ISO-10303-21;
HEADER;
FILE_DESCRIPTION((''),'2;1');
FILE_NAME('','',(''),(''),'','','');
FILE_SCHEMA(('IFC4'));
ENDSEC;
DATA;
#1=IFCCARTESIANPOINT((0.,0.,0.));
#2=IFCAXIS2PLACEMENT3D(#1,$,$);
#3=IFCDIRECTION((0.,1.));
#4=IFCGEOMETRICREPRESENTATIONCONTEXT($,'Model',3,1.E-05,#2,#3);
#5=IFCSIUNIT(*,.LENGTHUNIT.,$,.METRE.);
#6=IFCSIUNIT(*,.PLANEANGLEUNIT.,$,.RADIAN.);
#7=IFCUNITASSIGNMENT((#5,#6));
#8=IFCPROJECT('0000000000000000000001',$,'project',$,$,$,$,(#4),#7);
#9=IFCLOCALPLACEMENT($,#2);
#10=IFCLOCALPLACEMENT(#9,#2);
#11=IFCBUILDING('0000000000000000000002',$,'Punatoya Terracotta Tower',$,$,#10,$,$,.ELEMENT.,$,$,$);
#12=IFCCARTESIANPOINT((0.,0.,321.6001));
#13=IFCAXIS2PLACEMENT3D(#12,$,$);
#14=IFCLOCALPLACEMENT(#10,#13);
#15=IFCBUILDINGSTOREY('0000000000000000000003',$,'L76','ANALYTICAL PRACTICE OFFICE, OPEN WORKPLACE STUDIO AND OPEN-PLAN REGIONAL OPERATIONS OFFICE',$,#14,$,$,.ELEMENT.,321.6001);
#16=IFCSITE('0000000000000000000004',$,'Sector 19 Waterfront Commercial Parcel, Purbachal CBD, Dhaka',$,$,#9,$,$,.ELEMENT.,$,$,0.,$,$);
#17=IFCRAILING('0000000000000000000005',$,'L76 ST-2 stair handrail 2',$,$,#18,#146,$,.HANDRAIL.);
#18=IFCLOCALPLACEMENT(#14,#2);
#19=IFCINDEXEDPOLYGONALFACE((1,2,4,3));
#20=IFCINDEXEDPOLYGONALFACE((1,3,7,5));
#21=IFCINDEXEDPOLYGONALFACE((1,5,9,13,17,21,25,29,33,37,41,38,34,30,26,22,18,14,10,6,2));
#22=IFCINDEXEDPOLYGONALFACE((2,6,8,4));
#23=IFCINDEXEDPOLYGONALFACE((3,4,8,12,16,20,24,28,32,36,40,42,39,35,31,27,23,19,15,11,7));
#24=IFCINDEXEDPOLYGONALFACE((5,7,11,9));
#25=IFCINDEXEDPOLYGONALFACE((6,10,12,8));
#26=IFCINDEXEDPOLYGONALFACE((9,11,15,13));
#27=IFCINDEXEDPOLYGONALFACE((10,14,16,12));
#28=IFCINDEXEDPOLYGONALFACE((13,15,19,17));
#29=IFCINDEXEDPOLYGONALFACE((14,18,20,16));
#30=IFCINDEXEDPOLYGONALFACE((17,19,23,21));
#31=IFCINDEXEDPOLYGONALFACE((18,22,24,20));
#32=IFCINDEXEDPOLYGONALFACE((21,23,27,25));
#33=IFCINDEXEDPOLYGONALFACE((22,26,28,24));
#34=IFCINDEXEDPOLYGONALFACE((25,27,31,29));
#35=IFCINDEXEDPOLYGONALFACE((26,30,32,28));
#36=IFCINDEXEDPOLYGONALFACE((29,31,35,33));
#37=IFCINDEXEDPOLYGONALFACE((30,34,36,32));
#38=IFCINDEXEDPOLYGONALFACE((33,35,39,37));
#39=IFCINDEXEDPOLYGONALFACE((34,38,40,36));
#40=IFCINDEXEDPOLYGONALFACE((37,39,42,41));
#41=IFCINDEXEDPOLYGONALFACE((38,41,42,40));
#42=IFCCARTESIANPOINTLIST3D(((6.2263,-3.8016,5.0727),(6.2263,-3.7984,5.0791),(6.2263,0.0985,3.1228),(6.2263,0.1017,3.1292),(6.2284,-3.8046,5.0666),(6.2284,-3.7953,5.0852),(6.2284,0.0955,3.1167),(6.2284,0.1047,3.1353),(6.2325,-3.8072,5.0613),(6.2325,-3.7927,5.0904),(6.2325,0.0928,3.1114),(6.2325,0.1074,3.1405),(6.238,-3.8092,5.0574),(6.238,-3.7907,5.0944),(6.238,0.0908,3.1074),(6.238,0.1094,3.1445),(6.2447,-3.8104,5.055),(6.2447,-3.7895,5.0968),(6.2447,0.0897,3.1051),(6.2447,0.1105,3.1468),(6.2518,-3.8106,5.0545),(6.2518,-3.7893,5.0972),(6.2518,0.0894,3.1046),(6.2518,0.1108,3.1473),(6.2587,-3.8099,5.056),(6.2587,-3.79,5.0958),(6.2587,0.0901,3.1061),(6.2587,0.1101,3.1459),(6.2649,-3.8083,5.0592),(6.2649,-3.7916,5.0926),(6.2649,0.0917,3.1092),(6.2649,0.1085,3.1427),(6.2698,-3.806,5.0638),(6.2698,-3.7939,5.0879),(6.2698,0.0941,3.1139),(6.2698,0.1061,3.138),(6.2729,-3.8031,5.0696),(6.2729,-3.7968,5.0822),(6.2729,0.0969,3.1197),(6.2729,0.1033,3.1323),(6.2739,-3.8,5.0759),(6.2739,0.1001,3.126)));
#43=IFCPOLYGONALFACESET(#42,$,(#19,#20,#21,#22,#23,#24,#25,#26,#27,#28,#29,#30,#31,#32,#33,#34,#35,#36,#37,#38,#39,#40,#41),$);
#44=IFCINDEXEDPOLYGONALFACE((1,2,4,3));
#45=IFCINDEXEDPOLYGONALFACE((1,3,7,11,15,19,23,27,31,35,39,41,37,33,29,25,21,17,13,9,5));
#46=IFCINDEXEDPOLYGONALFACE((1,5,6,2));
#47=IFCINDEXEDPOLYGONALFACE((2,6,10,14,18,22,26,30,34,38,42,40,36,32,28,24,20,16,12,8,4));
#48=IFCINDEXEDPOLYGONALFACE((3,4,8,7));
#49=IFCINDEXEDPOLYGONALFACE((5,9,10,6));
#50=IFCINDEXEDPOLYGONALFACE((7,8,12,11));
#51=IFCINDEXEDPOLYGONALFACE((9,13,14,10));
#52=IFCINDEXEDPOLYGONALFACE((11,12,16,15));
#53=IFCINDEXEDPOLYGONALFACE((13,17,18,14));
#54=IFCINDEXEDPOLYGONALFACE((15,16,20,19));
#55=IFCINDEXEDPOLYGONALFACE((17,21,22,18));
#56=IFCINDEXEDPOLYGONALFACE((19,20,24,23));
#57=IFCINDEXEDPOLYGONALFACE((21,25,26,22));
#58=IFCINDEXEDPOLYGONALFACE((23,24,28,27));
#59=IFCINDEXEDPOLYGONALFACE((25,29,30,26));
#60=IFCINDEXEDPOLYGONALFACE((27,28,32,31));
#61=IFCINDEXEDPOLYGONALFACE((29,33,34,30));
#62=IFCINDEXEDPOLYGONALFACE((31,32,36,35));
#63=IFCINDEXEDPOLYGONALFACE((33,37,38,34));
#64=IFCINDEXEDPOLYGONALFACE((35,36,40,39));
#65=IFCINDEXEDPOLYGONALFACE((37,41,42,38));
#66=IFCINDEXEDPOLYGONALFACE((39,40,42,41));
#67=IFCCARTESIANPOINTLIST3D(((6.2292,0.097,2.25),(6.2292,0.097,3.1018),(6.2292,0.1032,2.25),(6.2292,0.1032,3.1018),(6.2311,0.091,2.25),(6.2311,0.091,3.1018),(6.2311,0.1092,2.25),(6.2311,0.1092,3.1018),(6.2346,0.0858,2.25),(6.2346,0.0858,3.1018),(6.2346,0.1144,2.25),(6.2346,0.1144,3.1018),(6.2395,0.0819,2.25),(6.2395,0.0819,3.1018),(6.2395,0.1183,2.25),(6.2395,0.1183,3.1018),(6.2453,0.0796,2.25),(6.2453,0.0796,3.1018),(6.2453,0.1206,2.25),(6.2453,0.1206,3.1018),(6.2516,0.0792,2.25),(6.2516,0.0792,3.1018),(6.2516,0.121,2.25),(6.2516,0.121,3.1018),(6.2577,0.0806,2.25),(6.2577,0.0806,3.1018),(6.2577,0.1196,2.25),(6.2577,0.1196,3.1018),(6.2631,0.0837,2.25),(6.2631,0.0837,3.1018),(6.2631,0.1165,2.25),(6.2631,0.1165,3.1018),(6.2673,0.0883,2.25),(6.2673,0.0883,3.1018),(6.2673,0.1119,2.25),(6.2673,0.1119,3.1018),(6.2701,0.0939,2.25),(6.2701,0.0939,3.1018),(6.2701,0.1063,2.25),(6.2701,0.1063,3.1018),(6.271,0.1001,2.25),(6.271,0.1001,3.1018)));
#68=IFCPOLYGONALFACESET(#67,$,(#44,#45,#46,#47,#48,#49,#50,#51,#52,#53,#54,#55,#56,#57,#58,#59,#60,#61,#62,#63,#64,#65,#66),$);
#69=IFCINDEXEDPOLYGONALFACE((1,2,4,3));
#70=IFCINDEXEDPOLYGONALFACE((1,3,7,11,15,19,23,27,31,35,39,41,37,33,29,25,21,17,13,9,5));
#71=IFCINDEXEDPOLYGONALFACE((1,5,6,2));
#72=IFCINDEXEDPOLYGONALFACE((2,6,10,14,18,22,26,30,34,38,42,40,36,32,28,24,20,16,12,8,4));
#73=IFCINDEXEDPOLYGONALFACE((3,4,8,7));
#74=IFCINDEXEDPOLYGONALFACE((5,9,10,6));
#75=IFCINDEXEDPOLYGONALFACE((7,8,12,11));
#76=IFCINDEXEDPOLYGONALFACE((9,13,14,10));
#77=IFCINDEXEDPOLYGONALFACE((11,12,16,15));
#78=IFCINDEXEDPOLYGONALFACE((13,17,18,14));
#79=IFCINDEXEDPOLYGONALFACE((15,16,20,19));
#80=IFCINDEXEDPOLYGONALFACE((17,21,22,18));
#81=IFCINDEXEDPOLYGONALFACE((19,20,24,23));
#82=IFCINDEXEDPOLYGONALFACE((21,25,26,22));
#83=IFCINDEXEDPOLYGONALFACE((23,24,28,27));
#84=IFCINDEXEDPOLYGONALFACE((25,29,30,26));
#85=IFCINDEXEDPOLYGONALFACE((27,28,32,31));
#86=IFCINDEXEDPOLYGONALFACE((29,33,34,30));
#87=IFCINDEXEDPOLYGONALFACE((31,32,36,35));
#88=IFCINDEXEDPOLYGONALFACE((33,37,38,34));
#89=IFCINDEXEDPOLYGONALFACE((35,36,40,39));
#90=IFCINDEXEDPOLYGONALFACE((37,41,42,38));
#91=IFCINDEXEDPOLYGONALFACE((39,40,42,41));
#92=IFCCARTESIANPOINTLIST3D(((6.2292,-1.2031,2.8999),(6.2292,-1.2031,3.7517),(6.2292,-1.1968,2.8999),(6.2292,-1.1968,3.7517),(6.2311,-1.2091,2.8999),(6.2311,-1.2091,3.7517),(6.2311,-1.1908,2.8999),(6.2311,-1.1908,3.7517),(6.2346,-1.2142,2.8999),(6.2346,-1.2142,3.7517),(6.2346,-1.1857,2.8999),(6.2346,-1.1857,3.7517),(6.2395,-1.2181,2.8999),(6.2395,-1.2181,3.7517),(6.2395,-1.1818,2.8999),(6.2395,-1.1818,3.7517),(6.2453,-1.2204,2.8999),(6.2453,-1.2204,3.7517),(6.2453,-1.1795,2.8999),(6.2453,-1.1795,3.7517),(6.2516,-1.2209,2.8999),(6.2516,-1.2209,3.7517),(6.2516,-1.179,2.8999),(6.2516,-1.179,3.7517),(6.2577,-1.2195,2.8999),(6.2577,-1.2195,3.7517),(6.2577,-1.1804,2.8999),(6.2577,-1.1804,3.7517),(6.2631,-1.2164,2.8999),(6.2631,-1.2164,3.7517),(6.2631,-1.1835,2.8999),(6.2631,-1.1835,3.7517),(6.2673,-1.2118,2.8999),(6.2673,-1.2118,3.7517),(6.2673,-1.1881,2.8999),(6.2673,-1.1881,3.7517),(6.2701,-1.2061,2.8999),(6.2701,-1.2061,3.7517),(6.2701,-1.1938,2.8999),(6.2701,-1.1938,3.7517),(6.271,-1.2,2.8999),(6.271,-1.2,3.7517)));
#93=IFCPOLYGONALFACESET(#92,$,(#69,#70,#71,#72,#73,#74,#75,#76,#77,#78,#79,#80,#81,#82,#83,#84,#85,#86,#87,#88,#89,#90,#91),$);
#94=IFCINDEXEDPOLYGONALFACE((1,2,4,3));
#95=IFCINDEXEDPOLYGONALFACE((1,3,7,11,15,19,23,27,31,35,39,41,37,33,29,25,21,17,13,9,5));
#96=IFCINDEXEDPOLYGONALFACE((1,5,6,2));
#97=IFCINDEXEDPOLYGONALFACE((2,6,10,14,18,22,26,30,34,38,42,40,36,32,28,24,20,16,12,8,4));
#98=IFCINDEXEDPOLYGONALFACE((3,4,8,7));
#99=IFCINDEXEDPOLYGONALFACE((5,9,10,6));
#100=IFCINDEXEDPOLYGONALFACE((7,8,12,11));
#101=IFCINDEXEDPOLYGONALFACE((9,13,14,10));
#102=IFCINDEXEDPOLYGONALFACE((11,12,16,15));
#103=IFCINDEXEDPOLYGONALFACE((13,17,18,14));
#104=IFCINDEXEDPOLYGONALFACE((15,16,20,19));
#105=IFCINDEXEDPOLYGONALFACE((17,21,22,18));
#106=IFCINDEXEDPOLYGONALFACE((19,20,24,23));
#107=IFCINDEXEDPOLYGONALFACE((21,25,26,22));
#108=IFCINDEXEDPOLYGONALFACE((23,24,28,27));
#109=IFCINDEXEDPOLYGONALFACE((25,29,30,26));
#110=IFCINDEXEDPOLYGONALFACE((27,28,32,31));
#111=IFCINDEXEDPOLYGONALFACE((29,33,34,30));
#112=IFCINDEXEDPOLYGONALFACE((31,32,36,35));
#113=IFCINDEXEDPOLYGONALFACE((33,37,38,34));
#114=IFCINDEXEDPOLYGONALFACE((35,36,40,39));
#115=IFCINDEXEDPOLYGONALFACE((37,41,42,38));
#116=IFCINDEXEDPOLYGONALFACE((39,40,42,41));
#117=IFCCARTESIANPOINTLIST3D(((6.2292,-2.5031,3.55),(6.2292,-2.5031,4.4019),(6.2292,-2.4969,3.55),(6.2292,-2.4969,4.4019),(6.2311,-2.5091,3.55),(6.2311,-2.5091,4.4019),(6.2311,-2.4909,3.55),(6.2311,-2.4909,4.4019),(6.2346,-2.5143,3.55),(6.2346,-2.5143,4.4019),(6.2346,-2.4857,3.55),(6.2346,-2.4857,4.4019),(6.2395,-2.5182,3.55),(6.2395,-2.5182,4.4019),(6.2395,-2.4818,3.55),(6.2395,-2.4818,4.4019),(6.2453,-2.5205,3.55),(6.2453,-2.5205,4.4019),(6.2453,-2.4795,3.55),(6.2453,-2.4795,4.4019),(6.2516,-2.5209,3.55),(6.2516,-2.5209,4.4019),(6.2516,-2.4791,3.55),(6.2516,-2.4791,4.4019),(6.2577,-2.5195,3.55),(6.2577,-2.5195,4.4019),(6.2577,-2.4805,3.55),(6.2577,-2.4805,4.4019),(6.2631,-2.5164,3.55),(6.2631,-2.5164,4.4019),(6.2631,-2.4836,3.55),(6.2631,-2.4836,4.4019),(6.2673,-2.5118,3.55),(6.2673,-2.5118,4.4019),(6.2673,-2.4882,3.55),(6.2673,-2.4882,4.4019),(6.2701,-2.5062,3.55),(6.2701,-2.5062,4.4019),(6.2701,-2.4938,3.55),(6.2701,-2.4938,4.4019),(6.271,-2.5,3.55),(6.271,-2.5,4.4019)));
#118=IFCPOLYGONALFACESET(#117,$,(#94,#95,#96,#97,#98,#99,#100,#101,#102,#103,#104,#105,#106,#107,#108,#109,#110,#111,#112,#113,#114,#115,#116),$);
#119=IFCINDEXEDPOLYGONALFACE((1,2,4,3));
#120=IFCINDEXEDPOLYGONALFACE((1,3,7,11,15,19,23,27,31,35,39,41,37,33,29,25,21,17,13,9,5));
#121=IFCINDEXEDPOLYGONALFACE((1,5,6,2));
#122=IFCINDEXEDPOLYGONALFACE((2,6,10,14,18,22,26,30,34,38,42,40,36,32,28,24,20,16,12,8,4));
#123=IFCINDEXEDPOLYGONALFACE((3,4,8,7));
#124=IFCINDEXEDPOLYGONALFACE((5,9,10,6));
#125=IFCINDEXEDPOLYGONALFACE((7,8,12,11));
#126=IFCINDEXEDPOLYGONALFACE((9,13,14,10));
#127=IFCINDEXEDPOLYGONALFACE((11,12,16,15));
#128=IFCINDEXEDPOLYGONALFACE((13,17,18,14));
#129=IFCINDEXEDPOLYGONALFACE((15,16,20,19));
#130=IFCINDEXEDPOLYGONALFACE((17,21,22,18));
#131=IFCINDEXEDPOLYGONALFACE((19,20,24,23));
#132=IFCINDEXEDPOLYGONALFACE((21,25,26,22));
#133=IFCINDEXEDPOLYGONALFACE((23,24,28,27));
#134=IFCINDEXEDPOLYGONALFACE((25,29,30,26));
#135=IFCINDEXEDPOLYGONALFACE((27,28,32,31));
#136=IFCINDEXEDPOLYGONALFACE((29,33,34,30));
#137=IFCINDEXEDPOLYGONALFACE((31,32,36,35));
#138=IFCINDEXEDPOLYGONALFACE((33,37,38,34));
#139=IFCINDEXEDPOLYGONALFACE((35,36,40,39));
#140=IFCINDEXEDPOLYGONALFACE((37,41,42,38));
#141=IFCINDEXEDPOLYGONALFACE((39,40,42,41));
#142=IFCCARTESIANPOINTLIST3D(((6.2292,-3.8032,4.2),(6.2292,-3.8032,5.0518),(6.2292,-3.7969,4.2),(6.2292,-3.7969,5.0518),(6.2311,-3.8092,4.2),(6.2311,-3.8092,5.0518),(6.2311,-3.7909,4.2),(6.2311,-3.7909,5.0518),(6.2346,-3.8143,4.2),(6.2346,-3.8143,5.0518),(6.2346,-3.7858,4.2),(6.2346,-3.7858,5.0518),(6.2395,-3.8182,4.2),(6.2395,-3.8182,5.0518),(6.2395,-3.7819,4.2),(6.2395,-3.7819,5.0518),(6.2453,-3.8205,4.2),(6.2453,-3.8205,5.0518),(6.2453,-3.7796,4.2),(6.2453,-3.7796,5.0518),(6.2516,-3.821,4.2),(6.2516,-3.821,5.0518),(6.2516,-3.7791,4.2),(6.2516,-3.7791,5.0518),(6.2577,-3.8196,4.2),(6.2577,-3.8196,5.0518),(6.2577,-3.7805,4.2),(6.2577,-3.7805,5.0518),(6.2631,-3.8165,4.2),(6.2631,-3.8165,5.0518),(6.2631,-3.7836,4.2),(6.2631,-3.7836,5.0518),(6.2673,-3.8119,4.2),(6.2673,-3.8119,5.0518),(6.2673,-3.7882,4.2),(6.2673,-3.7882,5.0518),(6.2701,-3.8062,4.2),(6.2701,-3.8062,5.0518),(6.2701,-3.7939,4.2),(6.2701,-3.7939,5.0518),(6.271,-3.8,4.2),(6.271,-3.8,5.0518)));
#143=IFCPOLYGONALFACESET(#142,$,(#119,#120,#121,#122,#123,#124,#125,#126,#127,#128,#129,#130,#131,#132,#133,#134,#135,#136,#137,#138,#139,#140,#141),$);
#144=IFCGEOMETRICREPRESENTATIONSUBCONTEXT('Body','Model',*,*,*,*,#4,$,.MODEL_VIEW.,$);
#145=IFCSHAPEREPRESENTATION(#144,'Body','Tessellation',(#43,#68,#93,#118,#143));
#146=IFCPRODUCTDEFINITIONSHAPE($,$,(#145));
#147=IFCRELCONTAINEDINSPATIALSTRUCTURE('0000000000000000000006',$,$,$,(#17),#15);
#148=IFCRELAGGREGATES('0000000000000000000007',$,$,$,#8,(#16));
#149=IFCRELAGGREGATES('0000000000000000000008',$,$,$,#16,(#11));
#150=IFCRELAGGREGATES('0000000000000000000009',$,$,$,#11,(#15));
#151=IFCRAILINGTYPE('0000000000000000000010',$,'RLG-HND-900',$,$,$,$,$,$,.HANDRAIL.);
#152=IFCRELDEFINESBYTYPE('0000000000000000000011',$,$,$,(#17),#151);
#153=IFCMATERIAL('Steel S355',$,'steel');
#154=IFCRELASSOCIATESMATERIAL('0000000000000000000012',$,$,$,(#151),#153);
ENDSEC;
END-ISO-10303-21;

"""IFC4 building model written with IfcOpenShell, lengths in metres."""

from ifc_helpers import new_model, si_unit, direction, frame, origin, origin_2d, place, context, subcontext, project, spatial, circle, extrude, material, type_object, element, save


model = new_model("IFC4")

# Units and contexts
model_context = context("Model", 3, precision=1e-05, world=origin(), true_north=direction((0.0, 1.0)))
body_context = subcontext(model_context, "Body", "Model", "MODEL_VIEW")
ifc_project = project(units=[si_unit("LENGTHUNIT", "METRE"), si_unit("PLANEANGLEUNIT", "RADIAN")], contexts=[model_context])

# Site, building, storey
site_placement = place(None, origin())
site = spatial("IfcSite", under=ifc_project, at=site_placement, Name="Sector 19 Waterfront Commercial Parcel, Purbachal CBD, Dhaka", CompositionType="ELEMENT", RefElevation=0.0)
building_placement = place(site_placement, origin())
building = spatial("IfcBuilding", under=site, at=building_placement, Name="Punatoya Terracotta Tower", CompositionType="ELEMENT")
storey_placement = place(building_placement, frame((0.0, 0.0, 321.6001)))
storey = spatial("IfcBuildingStorey", under=building, at=storey_placement, Name="L76", Description="ANALYTICAL PRACTICE OFFICE, OPEN WORKPLACE STUDIO AND OPEN-PLAN REGIONAL OPERATIONS OFFICE", CompositionType="ELEMENT", Elevation=321.6001)

# Shared definitions
ifc_material_1 = material(Name="Steel S355", Category="steel")

# Railing
railing_type_1 = type_object("IfcRailingType", Name="RLG-HND-900", PredefinedType="HANDRAIL", material=ifc_material_1)
railing_1_placement = place(storey_placement, frame((6.25, 0.1001, 2.25)))
element("IfcRailing", 1, at=railing_1_placement, inside=storey, type_object=railing_type_1, Name="L76 ST-2 stair handrail 2", PredefinedType="HANDRAIL", context=body_context, shape_type="SweptSolid", body=[
    extrude(circle(Radius=0.0239, at=origin_2d()), frame((0.0, 0.0, 0.876), z_axis=(0.0, -0.894438, 0.447191), x_axis=(1.0, 0.0, 0.0)), (0.0, 0.0, 1.0), 4.3604),
    extrude(circle(Radius=0.021, at=origin_2d()), origin(), (0.0, 0.0, 1.0), 0.8518),
    extrude(circle(Radius=0.021, at=origin_2d()), frame((0.0, -1.3, 0.6499)), (0.0, 0.0, 1.0), 0.8518),
    extrude(circle(Radius=0.021, at=origin_2d()), frame((0.0, -2.6001, 1.3)), (0.0, 0.0, 1.0), 0.8518),
    extrude(circle(Radius=0.021, at=origin_2d()), frame((0.0, -3.9001, 1.95)), (0.0, 0.0, 1.0), 0.8518),
])

save(model, "model.ifc")
